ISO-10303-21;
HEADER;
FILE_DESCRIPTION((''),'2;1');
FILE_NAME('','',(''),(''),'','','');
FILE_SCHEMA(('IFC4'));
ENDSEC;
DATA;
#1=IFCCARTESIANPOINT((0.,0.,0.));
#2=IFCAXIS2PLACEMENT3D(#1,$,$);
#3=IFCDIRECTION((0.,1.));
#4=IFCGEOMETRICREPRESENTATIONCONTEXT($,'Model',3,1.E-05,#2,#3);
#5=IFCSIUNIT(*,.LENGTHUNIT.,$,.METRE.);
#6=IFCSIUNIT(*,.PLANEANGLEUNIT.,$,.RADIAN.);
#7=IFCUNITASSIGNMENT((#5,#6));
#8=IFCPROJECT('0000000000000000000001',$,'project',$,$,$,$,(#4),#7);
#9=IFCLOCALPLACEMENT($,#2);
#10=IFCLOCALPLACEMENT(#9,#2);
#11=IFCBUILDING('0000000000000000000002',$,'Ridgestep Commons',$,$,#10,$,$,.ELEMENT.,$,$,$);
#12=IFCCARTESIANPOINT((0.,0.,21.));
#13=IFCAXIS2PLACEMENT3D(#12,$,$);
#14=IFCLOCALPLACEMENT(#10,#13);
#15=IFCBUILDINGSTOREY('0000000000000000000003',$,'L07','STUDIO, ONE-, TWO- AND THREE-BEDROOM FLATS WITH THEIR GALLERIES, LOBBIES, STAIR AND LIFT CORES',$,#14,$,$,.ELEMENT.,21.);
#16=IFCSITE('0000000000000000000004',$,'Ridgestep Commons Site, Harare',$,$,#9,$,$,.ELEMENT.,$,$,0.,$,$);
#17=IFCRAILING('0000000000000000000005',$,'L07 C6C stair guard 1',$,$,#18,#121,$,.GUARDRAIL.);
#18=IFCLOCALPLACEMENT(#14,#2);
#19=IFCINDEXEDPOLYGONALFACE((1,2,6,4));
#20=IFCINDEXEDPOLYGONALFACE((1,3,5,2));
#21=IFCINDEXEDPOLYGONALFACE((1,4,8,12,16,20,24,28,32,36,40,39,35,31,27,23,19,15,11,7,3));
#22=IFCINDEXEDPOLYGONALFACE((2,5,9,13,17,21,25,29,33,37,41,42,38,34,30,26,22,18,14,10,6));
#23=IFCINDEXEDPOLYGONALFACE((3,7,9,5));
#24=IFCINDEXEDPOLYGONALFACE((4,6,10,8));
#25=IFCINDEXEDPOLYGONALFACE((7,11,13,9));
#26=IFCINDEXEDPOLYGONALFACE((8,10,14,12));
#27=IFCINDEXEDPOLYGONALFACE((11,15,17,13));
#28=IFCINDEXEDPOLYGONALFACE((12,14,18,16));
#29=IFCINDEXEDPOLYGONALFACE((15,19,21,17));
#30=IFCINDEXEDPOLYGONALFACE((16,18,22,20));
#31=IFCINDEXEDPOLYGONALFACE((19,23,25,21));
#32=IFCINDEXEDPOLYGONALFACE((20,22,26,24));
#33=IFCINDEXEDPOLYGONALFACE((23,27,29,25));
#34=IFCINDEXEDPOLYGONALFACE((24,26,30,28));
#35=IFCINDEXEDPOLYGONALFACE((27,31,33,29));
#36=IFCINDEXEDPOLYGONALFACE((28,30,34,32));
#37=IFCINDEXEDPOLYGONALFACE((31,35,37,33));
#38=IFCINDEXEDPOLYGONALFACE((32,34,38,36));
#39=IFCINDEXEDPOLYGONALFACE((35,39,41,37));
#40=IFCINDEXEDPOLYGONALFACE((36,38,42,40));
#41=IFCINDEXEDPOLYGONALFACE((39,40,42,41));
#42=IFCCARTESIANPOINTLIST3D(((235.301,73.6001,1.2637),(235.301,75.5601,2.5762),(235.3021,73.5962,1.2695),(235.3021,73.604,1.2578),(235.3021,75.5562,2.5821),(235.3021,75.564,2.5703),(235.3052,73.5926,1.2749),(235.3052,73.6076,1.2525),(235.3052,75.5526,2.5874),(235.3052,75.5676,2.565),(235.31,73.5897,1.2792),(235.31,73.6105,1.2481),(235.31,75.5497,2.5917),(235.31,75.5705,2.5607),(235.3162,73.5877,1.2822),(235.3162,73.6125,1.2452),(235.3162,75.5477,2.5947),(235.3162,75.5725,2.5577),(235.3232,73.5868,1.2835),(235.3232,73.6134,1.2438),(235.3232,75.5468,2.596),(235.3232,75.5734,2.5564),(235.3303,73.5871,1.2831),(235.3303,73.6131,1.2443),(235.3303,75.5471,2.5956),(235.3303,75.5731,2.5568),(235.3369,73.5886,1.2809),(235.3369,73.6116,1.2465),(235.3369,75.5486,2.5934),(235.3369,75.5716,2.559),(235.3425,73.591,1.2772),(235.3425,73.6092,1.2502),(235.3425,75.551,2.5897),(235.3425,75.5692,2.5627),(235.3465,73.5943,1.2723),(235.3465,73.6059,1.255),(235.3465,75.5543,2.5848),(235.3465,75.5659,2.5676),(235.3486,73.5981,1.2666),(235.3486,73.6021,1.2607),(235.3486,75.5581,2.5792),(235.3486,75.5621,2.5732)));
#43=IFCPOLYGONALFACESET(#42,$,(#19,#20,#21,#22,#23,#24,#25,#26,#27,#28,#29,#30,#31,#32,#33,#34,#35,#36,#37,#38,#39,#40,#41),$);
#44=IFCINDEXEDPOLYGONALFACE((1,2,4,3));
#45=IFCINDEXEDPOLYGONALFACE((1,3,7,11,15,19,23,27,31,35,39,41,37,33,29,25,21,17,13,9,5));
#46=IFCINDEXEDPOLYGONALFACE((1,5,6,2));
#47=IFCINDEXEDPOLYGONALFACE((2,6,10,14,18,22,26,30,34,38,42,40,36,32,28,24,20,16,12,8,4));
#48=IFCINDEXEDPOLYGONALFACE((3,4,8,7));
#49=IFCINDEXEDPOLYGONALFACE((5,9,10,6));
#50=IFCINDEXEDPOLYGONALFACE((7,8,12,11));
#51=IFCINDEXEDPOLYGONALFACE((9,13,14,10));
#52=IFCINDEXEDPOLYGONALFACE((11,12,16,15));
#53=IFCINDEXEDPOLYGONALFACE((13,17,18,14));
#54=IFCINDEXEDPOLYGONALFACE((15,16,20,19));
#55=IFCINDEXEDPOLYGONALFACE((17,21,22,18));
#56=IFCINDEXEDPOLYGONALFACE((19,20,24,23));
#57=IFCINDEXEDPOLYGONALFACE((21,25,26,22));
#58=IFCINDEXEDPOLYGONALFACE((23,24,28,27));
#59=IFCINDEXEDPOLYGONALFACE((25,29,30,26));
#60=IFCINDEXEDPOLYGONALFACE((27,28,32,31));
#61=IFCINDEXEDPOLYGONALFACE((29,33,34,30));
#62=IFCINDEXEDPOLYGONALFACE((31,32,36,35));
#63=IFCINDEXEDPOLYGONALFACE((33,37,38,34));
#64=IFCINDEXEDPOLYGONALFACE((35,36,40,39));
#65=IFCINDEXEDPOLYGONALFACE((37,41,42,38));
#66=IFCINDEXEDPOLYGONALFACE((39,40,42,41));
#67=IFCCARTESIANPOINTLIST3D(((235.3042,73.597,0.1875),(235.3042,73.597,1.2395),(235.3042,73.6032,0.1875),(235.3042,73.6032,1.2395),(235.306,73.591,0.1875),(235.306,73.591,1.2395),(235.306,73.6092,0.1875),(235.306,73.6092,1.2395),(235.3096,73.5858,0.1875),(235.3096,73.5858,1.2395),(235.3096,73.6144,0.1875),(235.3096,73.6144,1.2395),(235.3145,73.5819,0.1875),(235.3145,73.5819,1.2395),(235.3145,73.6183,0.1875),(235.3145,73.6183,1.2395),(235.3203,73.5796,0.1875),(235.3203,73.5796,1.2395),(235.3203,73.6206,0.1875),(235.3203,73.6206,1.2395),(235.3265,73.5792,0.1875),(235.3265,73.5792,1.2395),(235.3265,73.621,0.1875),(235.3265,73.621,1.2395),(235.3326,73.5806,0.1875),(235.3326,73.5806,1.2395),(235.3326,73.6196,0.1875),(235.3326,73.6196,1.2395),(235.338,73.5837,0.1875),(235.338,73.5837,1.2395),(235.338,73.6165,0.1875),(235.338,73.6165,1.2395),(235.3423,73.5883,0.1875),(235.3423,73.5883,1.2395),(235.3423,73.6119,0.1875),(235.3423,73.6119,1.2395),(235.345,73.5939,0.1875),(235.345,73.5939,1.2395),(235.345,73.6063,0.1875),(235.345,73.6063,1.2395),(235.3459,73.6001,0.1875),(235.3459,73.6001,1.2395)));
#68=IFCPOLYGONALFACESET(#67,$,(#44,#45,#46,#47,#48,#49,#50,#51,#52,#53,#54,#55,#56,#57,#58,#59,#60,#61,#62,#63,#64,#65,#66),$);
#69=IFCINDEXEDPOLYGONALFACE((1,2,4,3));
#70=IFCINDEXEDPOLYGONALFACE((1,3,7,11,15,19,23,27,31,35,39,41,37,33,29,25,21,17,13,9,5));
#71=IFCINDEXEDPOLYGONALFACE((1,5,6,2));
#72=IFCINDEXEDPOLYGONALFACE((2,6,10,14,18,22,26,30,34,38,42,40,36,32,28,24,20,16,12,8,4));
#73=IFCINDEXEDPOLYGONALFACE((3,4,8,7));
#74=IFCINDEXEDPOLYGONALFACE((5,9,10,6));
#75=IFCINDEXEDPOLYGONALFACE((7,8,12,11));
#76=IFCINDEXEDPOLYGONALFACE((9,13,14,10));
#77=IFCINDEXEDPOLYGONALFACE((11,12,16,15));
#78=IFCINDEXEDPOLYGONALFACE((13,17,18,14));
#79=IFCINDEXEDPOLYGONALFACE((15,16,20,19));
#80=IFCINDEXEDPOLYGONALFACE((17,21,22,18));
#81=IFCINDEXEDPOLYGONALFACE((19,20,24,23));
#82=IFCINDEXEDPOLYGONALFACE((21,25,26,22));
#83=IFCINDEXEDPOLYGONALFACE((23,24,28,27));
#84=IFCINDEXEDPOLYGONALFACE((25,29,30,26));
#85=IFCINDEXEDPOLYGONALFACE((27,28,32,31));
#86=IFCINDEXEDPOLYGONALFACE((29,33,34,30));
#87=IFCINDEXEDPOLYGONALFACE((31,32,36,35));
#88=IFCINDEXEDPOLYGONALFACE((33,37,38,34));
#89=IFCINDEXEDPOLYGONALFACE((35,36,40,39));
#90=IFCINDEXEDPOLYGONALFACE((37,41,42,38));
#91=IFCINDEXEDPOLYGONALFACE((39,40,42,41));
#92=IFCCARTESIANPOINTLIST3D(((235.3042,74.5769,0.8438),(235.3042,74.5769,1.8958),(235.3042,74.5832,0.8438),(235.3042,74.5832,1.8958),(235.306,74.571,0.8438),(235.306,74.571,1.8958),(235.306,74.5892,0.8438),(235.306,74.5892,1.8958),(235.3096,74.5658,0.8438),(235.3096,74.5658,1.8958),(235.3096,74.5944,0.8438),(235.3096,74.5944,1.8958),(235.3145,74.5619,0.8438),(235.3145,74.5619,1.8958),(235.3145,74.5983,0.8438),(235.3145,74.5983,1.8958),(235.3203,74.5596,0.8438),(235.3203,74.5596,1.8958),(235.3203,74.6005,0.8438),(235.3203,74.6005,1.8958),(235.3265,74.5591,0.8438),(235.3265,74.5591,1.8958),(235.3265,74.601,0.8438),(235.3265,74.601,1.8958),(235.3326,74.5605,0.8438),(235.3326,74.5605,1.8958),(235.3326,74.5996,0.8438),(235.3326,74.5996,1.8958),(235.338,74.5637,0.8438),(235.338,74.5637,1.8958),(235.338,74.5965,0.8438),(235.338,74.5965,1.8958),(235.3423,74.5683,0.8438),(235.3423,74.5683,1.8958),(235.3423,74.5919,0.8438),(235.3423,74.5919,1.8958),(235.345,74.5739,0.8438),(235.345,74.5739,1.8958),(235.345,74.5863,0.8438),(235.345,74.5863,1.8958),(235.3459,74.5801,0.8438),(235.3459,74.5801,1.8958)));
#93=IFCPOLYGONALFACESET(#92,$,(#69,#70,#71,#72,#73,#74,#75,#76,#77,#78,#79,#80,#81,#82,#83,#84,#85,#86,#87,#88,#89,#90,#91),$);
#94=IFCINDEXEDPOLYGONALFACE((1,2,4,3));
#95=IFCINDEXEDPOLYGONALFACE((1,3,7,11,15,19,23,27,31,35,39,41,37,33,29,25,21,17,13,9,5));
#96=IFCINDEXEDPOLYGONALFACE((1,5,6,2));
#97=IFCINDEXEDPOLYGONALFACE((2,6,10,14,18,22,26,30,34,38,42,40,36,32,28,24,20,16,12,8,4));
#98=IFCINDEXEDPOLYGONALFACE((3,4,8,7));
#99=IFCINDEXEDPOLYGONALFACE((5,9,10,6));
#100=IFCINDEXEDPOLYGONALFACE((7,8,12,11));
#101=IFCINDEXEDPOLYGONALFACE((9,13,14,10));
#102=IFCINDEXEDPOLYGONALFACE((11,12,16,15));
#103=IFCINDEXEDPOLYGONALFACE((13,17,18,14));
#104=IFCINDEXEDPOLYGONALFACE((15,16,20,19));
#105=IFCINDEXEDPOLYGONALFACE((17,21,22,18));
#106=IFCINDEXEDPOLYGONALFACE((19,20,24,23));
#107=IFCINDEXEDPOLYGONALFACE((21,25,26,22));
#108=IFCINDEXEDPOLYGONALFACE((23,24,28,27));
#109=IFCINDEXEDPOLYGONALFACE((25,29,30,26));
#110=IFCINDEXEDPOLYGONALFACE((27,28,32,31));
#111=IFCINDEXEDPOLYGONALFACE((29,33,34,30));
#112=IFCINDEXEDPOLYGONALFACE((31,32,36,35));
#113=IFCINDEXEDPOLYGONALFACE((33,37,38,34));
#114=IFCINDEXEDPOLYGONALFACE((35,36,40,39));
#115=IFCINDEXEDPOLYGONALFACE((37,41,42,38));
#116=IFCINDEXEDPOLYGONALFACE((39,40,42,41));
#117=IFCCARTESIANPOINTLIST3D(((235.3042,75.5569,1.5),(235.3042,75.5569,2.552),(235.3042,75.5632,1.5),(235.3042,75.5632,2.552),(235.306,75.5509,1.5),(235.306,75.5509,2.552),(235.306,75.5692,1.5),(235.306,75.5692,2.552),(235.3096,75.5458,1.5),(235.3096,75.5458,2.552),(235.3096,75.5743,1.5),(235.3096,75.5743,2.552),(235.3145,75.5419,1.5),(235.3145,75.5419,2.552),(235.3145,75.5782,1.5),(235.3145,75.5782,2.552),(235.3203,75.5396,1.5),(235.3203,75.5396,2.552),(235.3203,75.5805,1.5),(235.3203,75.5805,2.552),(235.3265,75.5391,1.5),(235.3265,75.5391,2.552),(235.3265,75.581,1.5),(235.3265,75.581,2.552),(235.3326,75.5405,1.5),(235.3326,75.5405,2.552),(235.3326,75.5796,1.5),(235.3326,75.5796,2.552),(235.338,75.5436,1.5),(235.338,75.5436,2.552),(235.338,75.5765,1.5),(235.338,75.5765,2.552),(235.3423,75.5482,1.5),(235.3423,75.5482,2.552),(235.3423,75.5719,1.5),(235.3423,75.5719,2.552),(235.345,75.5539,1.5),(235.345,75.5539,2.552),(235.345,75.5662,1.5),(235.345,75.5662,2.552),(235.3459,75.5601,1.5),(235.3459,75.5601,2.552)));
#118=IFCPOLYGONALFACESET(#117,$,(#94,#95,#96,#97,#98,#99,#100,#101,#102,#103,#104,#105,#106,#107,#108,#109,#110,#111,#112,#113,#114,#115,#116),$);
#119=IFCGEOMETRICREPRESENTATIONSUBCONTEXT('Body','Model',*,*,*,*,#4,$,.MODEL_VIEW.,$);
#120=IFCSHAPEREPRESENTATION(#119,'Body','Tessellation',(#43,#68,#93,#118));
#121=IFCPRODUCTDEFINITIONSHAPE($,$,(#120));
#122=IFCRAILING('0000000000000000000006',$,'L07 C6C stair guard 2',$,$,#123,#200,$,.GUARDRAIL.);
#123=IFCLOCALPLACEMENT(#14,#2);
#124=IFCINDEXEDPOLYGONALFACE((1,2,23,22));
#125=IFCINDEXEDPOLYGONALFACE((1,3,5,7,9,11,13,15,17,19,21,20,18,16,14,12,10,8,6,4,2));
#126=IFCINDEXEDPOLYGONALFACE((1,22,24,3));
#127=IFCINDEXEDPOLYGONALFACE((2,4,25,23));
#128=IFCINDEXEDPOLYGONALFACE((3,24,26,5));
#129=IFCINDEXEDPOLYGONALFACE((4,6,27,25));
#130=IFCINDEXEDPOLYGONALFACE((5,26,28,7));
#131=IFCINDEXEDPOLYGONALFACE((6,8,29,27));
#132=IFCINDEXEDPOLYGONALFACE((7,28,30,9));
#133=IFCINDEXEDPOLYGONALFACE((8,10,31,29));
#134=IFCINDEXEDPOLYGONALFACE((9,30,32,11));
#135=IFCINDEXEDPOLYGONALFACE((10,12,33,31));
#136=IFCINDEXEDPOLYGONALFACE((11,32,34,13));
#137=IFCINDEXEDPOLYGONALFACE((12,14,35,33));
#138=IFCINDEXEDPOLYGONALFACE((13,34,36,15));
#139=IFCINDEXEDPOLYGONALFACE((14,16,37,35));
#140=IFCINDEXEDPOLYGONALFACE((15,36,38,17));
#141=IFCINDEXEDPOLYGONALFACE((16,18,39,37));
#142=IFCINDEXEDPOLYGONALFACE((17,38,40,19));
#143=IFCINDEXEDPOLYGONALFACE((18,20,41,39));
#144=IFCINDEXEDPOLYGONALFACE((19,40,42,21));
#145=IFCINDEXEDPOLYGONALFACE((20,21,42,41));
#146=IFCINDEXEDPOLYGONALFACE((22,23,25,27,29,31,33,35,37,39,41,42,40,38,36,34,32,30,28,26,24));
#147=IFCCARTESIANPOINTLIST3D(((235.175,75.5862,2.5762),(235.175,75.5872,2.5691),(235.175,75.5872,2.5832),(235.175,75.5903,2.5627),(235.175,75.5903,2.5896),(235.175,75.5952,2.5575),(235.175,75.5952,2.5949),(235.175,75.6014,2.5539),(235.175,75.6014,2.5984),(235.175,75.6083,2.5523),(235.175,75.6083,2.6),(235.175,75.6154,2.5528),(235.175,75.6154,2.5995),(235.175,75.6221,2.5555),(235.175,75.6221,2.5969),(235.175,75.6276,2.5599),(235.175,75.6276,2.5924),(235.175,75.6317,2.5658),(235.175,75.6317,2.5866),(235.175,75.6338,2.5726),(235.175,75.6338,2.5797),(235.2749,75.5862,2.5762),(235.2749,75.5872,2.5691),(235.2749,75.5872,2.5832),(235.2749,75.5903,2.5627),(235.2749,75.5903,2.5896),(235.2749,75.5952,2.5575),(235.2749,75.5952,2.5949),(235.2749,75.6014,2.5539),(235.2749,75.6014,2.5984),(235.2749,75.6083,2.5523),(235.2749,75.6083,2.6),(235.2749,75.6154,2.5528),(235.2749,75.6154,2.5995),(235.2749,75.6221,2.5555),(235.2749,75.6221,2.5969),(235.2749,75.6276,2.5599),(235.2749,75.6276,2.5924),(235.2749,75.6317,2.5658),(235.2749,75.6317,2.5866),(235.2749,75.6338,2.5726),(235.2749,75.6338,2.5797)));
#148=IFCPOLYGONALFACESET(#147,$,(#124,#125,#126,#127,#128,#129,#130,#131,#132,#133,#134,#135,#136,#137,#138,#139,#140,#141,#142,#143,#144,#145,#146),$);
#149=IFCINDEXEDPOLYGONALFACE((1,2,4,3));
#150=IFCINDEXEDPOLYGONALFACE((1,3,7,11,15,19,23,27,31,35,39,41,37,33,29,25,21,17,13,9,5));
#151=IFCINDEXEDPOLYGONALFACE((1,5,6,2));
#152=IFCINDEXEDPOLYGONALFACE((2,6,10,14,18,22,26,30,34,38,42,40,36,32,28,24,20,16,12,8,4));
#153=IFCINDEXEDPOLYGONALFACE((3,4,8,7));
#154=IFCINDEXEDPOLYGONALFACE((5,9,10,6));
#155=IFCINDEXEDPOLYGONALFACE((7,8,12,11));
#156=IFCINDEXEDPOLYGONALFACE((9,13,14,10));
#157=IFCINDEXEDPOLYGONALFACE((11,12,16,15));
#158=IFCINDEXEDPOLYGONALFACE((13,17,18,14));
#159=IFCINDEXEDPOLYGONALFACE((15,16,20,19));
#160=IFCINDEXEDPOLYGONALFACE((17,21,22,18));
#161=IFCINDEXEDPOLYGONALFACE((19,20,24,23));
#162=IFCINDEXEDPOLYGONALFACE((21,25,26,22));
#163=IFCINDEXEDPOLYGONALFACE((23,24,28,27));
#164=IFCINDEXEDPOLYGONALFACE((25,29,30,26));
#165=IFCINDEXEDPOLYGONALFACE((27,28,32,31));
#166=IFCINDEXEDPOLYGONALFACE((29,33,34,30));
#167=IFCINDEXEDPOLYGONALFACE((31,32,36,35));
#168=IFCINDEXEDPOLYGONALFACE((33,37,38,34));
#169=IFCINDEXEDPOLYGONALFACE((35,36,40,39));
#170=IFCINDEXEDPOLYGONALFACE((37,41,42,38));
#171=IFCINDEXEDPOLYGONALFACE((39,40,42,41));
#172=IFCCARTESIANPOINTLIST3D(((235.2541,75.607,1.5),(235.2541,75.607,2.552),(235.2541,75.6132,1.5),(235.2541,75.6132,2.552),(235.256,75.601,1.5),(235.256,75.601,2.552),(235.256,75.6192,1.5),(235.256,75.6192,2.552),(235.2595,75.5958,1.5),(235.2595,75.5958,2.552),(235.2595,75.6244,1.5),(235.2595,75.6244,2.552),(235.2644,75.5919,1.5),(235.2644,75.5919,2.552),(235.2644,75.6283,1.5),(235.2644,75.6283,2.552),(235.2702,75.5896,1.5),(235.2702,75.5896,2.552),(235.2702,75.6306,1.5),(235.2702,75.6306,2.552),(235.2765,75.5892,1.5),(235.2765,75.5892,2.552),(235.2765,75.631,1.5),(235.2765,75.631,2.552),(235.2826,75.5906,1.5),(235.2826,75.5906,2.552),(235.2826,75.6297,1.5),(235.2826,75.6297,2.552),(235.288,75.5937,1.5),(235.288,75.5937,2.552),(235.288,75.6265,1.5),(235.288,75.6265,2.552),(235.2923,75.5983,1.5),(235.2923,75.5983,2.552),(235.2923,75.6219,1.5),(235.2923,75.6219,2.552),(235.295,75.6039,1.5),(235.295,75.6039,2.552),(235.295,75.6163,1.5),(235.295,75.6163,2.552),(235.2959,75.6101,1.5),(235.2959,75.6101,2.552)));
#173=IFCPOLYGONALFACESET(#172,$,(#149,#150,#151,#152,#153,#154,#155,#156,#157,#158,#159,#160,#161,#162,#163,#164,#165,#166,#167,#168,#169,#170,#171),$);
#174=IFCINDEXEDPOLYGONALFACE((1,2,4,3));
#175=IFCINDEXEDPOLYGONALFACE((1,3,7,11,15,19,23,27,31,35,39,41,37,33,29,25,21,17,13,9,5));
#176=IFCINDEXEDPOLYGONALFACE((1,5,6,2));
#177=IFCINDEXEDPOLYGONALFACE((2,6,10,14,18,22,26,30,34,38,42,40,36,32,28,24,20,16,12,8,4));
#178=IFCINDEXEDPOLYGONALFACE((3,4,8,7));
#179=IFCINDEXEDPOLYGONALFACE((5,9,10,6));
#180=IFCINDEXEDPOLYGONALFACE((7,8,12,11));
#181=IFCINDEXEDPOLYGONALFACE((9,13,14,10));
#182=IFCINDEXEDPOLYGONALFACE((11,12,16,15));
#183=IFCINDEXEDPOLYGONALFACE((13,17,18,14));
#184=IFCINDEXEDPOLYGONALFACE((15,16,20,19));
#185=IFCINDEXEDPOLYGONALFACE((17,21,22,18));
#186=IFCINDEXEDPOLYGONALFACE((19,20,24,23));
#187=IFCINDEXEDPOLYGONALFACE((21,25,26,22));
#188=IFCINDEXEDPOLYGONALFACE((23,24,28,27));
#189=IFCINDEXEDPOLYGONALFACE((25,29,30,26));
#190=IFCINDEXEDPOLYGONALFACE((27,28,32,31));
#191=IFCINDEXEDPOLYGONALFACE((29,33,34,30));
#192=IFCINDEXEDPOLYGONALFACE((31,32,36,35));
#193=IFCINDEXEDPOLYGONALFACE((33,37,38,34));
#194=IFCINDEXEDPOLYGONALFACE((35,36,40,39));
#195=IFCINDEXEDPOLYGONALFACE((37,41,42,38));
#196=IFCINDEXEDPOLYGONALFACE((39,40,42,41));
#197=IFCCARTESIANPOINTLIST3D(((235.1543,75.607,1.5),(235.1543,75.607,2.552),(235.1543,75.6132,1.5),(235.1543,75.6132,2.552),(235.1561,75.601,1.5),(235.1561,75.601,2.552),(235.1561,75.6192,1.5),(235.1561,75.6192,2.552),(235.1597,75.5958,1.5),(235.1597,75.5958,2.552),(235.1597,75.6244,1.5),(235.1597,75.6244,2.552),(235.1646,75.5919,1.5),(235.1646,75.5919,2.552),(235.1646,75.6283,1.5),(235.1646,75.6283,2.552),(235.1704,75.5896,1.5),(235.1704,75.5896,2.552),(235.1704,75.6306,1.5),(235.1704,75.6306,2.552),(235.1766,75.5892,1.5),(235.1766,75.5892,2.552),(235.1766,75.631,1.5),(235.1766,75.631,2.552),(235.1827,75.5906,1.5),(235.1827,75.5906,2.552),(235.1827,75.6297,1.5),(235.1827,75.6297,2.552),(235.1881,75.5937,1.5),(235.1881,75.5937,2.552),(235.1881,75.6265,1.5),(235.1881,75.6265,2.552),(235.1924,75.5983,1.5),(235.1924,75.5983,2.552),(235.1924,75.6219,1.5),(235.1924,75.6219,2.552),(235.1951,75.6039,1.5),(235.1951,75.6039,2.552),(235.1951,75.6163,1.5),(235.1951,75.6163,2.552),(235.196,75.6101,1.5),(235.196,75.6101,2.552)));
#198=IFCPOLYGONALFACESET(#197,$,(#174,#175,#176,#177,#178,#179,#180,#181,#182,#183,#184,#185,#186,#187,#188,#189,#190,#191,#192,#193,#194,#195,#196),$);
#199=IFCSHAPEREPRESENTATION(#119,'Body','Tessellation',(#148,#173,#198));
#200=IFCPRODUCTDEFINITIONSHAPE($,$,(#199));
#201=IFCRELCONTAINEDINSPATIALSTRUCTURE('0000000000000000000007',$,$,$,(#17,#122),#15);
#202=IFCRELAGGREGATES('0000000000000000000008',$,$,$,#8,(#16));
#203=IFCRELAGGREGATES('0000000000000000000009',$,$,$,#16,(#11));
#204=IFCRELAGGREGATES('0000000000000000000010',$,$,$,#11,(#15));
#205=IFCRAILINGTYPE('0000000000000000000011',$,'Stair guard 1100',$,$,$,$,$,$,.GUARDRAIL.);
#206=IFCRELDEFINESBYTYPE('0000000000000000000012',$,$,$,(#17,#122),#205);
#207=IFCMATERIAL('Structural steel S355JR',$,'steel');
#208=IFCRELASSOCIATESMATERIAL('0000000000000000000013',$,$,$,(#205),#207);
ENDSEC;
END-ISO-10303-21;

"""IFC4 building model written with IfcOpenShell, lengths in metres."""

from ifc_helpers import new_model, si_unit, direction, frame, origin, origin_2d, place, context, subcontext, project, spatial, circle, extrude, material, type_object, element, save


model = new_model("IFC4")

# Units and contexts
model_context = context("Model", 3, precision=1e-05, world=origin(), true_north=direction((0.0, 1.0)))
body_context = subcontext(model_context, "Body", "Model", "MODEL_VIEW")
ifc_project = project(units=[si_unit("LENGTHUNIT", "METRE"), si_unit("PLANEANGLEUNIT", "RADIAN")], contexts=[model_context])

# Site, building, storey
site_placement = place(None, origin())
site = spatial("IfcSite", under=ifc_project, at=site_placement, Name="Ridgestep Commons Site, Harare", CompositionType="ELEMENT", RefElevation=0.0)
building_placement = place(site_placement, origin())
building = spatial("IfcBuilding", under=site, at=building_placement, Name="Ridgestep Commons", CompositionType="ELEMENT")
storey_placement = place(building_placement, frame((0.0, 0.0, 21.0)))
storey = spatial("IfcBuildingStorey", under=building, at=storey_placement, Name="L07", Description="STUDIO, ONE-, TWO- AND THREE-BEDROOM FLATS WITH THEIR GALLERIES, LOBBIES, STAIR AND LIFT CORES", CompositionType="ELEMENT", Elevation=21.0)

# Railings
ifc_material_1 = material(Name="Structural steel S355JR", Category="steel")
railing_type_1 = type_object("IfcRailingType", Name="Stair guard 1100", PredefinedType="GUARDRAIL", material=ifc_material_1)
railing_1_placement = place(storey_placement, frame((235.325, 73.6001, 0.1875)))
element("IfcRailing", 1, at=railing_1_placement, inside=storey, type_object=railing_type_1, Name="L07 C6C stair guard 1", PredefinedType="GUARDRAIL", context=body_context, shape_type="SweptSolid", body=[
    extrude(circle(Radius=0.0239, at=origin_2d()), frame((0.0, 0.0, 1.0762), z_axis=(0.0, 0.830902, 0.556419), x_axis=(-1.0, 0.0, 0.0)), (0.0, 0.0, 1.0), 2.3589),
    extrude(circle(Radius=0.021, at=origin_2d()), origin(), (0.0, 0.0, 1.0), 1.052),
    extrude(circle(Radius=0.021, at=origin_2d()), frame((0.0, 0.98, 0.6562)), (0.0, 0.0, 1.0), 1.052),
    extrude(circle(Radius=0.021, at=origin_2d()), frame((0.0, 1.96, 1.3125)), (0.0, 0.0, 1.0), 1.052),
])
railing_2_placement = place(storey_placement, frame((235.2749, 75.6101, 1.5)))
element("IfcRailing", 2, at=railing_2_placement, inside=storey, type_object=railing_type_1, Name="L07 C6C stair guard 2", PredefinedType="GUARDRAIL", context=body_context, shape_type="SweptSolid", body=[
    extrude(circle(Radius=0.0239, at=origin_2d()), frame((0.0, 0.0, 1.0762), z_axis=(-1.0, 0.0, 0.0), x_axis=(0.0, -1.0, 0.0)), (0.0, 0.0, 1.0), 0.0999),
    extrude(circle(Radius=0.021, at=origin_2d()), origin(), (0.0, 0.0, 1.0), 1.052),
    extrude(circle(Radius=0.021, at=origin_2d()), frame((-0.0999, 0.0, 0.0)), (0.0, 0.0, 1.0), 1.052),
])

save(model, "model.ifc")
